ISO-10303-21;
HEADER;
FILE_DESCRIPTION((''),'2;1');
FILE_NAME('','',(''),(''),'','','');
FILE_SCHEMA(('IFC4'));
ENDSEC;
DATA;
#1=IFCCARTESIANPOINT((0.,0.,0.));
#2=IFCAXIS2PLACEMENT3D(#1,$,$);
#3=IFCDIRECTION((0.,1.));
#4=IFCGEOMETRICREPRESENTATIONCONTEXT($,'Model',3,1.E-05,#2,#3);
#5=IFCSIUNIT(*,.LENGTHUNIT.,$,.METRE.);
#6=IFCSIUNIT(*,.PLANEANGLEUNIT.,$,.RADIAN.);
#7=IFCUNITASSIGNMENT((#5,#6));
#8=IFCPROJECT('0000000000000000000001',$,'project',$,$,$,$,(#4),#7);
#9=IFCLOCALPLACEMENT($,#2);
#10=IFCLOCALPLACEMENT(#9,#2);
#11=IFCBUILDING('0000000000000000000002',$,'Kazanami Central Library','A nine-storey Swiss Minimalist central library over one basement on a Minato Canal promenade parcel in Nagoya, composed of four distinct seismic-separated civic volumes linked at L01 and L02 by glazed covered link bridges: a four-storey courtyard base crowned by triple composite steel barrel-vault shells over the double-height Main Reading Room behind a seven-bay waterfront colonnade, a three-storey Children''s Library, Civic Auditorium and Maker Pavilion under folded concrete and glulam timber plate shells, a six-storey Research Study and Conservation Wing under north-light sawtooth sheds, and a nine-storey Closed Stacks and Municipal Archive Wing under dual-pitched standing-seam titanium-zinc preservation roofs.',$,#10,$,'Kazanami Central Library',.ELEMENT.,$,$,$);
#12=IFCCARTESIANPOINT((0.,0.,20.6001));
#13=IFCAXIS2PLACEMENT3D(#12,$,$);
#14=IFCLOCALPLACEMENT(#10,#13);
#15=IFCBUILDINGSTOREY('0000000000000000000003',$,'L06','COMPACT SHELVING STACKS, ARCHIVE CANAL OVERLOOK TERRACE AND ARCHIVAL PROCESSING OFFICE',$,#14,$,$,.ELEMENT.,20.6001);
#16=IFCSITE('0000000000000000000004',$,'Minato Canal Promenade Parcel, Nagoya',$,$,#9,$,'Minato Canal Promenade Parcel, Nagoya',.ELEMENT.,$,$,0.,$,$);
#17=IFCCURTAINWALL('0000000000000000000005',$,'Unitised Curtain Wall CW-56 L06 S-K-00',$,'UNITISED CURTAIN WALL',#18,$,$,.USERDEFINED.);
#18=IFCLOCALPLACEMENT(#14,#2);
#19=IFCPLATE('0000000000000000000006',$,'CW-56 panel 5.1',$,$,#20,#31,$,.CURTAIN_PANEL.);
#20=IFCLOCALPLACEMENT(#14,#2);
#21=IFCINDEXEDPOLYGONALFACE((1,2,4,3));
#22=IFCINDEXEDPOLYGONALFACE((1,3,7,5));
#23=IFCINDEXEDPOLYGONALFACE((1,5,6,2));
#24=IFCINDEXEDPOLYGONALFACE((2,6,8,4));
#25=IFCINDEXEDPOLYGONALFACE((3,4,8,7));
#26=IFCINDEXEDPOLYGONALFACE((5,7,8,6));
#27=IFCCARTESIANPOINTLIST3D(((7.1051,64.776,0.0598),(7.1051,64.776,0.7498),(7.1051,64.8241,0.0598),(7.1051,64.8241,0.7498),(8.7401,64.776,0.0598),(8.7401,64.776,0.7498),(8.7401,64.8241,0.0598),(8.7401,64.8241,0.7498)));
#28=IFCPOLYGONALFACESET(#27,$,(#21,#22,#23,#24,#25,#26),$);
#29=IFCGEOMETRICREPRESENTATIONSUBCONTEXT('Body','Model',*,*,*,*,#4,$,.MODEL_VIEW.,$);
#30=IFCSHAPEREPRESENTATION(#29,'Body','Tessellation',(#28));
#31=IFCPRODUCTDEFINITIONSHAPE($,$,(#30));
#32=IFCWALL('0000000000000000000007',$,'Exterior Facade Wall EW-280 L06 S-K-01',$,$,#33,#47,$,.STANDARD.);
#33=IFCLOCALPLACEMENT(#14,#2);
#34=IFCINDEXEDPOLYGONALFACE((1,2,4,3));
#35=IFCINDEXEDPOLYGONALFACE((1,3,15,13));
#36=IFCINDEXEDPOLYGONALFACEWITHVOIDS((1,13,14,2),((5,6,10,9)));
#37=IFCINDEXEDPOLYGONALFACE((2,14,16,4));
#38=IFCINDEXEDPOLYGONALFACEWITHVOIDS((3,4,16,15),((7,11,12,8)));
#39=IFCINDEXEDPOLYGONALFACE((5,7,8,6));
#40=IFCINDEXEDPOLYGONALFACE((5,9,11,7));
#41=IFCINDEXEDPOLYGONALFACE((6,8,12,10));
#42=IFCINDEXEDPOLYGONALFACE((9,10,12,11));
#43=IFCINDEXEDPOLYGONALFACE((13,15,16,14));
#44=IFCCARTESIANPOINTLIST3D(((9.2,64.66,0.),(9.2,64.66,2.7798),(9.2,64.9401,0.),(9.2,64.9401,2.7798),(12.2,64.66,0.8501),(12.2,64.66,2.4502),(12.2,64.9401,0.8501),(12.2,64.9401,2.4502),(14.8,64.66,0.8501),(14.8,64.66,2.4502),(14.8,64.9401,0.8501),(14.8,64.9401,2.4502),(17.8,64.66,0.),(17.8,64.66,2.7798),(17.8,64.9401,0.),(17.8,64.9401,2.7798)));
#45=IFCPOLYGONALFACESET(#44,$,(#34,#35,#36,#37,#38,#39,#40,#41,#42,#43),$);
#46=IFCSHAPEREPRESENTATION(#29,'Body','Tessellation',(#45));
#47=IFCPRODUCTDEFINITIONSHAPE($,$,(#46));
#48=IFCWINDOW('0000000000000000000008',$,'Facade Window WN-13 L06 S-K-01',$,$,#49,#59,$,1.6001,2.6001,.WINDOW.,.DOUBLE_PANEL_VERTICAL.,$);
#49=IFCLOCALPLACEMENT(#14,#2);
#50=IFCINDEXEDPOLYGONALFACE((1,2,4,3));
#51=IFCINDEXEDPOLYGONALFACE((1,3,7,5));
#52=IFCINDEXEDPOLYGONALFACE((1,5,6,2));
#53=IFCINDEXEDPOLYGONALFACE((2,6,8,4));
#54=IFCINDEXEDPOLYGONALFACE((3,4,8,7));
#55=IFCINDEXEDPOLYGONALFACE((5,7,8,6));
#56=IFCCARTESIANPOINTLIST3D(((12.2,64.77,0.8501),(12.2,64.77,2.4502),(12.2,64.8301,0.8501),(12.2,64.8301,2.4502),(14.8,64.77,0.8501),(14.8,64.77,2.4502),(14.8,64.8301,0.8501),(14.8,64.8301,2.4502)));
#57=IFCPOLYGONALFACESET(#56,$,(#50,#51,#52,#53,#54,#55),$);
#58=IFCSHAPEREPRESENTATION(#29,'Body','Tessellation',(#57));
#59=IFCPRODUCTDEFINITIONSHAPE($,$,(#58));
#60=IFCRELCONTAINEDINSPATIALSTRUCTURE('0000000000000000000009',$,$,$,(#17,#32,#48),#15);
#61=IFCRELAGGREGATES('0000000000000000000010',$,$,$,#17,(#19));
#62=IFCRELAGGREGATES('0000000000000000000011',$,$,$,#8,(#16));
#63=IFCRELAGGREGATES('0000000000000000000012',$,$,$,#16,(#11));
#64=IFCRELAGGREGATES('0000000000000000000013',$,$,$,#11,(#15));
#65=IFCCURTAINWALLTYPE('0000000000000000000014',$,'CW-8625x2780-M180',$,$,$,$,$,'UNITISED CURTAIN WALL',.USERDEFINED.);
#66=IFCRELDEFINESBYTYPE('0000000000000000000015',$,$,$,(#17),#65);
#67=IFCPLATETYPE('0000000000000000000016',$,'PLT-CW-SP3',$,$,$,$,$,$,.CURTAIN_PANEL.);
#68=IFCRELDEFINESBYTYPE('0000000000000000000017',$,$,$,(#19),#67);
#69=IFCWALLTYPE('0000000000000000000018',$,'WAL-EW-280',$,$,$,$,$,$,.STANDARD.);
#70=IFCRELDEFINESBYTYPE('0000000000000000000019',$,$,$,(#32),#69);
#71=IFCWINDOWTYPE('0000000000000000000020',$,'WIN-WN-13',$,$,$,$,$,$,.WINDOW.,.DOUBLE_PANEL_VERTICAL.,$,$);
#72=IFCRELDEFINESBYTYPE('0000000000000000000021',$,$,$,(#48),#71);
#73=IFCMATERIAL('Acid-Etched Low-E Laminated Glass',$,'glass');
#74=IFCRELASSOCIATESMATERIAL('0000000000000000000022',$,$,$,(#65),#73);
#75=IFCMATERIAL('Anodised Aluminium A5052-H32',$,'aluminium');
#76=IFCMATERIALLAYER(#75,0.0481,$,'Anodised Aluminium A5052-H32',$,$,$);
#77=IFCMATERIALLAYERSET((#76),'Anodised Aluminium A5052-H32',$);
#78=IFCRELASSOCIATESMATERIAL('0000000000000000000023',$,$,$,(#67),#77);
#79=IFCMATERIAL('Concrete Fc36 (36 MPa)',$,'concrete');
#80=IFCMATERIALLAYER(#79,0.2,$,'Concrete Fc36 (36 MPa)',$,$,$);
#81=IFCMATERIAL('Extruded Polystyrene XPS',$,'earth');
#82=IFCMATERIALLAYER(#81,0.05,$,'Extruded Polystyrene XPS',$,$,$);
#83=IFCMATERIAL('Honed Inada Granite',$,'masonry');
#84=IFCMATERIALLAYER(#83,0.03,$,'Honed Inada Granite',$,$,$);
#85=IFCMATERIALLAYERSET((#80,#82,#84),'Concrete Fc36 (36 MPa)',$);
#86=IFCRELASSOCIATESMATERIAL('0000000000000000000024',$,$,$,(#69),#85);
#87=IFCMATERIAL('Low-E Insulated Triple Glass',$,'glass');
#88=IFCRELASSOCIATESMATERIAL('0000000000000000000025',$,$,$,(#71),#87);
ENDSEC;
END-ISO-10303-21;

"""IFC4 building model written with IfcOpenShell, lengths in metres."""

from ifc_helpers import new_model, si_unit, direction, frame, frame_2d, origin, origin_2d, place, context, subcontext, project, spatial, rectangle, extrude, material, layer, layer_set, type_object, element, fill, aggregate, save


model = new_model("IFC4")

# Units and contexts
model_context = context("Model", 3, precision=1e-05, world=origin(), true_north=direction((0.0, 1.0)))
body_context = subcontext(model_context, "Body", "Model", "MODEL_VIEW")
ifc_project = project(units=[si_unit("LENGTHUNIT", "METRE"), si_unit("PLANEANGLEUNIT", "RADIAN")], contexts=[model_context])

# Site, building, storey
site_placement = place(None, origin())
site = spatial("IfcSite", under=ifc_project, at=site_placement, Name="Minato Canal Promenade Parcel, Nagoya", LongName="Minato Canal Promenade Parcel, Nagoya", CompositionType="ELEMENT", RefElevation=0.0)
building_placement = place(site_placement, origin())
building = spatial("IfcBuilding", under=site, at=building_placement, Name="Kazanami Central Library", Description="A nine-storey Swiss Minimalist central library over one basement on a Minato Canal promenade parcel in Nagoya, composed of four distinct seismic-separated civic volumes linked at L01 and L02 by glazed covered link bridges: a four-storey courtyard base crowned by triple composite steel barrel-vault shells over the double-height Main Reading Room behind a seven-bay waterfront colonnade, a three-storey Children's Library, Civic Auditorium and Maker Pavilion under folded concrete and glulam timber plate shells, a six-storey Research Study and Conservation Wing under north-light sawtooth sheds, and a nine-storey Closed Stacks and Municipal Archive Wing under dual-pitched standing-seam titanium-zinc preservation roofs.", LongName="Kazanami Central Library", CompositionType="ELEMENT")
storey_placement = place(building_placement, frame((0.0, 0.0, 20.6001)))
storey = spatial("IfcBuildingStorey", under=building, at=storey_placement, Name="L06", Description="COMPACT SHELVING STACKS, ARCHIVE CANAL OVERLOOK TERRACE AND ARCHIVAL PROCESSING OFFICE", CompositionType="ELEMENT", Elevation=20.6001)

# Curtain wall, plate
ifc_material_1 = material(Name="Acid-Etched Low-E Laminated Glass", Category="glass")
curtain_wall_type = type_object("IfcCurtainWallType", Name="CW-8625x2780-M180", ElementType="UNITISED CURTAIN WALL", PredefinedType="USERDEFINED", material=ifc_material_1)
curtain_wall_placement = place(storey_placement, origin())
curtain_wall = element("IfcCurtainWall", 1, at=curtain_wall_placement, inside=storey, type_object=curtain_wall_type, Name="Unitised Curtain Wall CW-56 L06 S-K-00", ObjectType="UNITISED CURTAIN WALL", PredefinedType="USERDEFINED")
ifc_material_2 = material(Name="Anodised Aluminium A5052-H32", Category="aluminium")
ifc_layer_1 = layer(ifc_material_2, 0.0481, Name="Anodised Aluminium A5052-H32")
ifc_layer_set_1 = layer_set([ifc_layer_1], Name="Anodised Aluminium A5052-H32")
plate_type_1 = type_object("IfcPlateType", Name="PLT-CW-SP3", PredefinedType="CURTAIN_PANEL", material=ifc_layer_set_1)
plate_1_placement = place(storey_placement, frame((7.9226, 64.8, 0.0598), z_axis=(0.0, 0.0, 1.0), x_axis=(1.0, 0.0, 0.0)))
plate_1 = element("IfcPlate", 2, at=plate_1_placement, type_object=plate_type_1, Name="CW-56 panel 5.1", PredefinedType="CURTAIN_PANEL", context=body_context, shape_type="SweptSolid", body=[
    extrude(rectangle(XDim=1.635, YDim=0.0481, at=origin_2d()), origin(), (0.0, 0.0, 1.0), 0.6899),
])
aggregate(curtain_wall, [plate_1])

# Wall, opening, window
ifc_material_3 = material(Name="Concrete Fc36 (36 MPa)", Category="concrete")
ifc_layer_2 = layer(ifc_material_3, 0.2, Name="Concrete Fc36 (36 MPa)")
ifc_material_4 = material(Name="Extruded Polystyrene XPS", Category="earth")
ifc_layer_3 = layer(ifc_material_4, 0.05, Name="Extruded Polystyrene XPS")
ifc_material_5 = material(Name="Honed Inada Granite", Category="masonry")
ifc_layer_4 = layer(ifc_material_5, 0.03, Name="Honed Inada Granite")
ifc_layer_set_2 = layer_set([ifc_layer_2, ifc_layer_3, ifc_layer_4], Name="Concrete Fc36 (36 MPa)")
wall_type = type_object("IfcWallType", Name="WAL-EW-280", PredefinedType="STANDARD", material=ifc_layer_set_2)
wall_placement = place(storey_placement, frame((9.2, 64.8, 0.0), z_axis=(0.0, 0.0, 1.0), x_axis=(1.0, 0.0, 0.0)))
wall = element("IfcWall", 3, at=wall_placement, inside=storey, type_object=wall_type, Name="Exterior Facade Wall EW-280 L06 S-K-01", PredefinedType="STANDARD", context=body_context, shape_type="SweptSolid", body=[
    extrude(rectangle(XDim=8.6001, YDim=0.28, at=frame_2d((4.3, 0.0))), origin(), (0.0, 0.0, 1.0), 2.7798),
])
opening_placement = place(wall_placement, frame((3.0, 0.0, 0.8501)))
opening = element("IfcOpeningElement", 4, at=opening_placement, cuts=wall, PredefinedType="OPENING", context=body_context, shape_type="SweptSolid", body=[
    extrude(rectangle(XDim=2.6001, YDim=1.6001, at=frame_2d((1.3, 0.8))), frame((0.0, 0.1519, 0.0), z_axis=(0.0, -1.0, 0.0), x_axis=(1.0, 0.0, 0.0)), (0.0, 0.0, 1.0), 0.304),
])
ifc_material_6 = material(Name="Low-E Insulated Triple Glass", Category="glass")
window_type = type_object("IfcWindowType", Name="WIN-WN-13", PartitioningType="DOUBLE_PANEL_VERTICAL", PredefinedType="WINDOW", material=ifc_material_6)
window_placement = place(opening_placement, origin())
window = element("IfcWindow", 5, at=window_placement, inside=storey, type_object=window_type, Name="Facade Window WN-13 L06 S-K-01", OverallHeight=1.6001, OverallWidth=2.6001, PartitioningType="DOUBLE_PANEL_VERTICAL", PredefinedType="WINDOW", context=body_context, shape_type="SweptSolid", body=[
    extrude(rectangle(XDim=2.6001, YDim=1.6001, at=frame_2d((1.3, 0.8))), frame((0.0, 0.03, 0.0), z_axis=(0.0, -1.0, 0.0), x_axis=(1.0, 0.0, 0.0)), (0.0, 0.0, 1.0), 0.0601),
])
fill(opening, window)

save(model, "model.ifc")
